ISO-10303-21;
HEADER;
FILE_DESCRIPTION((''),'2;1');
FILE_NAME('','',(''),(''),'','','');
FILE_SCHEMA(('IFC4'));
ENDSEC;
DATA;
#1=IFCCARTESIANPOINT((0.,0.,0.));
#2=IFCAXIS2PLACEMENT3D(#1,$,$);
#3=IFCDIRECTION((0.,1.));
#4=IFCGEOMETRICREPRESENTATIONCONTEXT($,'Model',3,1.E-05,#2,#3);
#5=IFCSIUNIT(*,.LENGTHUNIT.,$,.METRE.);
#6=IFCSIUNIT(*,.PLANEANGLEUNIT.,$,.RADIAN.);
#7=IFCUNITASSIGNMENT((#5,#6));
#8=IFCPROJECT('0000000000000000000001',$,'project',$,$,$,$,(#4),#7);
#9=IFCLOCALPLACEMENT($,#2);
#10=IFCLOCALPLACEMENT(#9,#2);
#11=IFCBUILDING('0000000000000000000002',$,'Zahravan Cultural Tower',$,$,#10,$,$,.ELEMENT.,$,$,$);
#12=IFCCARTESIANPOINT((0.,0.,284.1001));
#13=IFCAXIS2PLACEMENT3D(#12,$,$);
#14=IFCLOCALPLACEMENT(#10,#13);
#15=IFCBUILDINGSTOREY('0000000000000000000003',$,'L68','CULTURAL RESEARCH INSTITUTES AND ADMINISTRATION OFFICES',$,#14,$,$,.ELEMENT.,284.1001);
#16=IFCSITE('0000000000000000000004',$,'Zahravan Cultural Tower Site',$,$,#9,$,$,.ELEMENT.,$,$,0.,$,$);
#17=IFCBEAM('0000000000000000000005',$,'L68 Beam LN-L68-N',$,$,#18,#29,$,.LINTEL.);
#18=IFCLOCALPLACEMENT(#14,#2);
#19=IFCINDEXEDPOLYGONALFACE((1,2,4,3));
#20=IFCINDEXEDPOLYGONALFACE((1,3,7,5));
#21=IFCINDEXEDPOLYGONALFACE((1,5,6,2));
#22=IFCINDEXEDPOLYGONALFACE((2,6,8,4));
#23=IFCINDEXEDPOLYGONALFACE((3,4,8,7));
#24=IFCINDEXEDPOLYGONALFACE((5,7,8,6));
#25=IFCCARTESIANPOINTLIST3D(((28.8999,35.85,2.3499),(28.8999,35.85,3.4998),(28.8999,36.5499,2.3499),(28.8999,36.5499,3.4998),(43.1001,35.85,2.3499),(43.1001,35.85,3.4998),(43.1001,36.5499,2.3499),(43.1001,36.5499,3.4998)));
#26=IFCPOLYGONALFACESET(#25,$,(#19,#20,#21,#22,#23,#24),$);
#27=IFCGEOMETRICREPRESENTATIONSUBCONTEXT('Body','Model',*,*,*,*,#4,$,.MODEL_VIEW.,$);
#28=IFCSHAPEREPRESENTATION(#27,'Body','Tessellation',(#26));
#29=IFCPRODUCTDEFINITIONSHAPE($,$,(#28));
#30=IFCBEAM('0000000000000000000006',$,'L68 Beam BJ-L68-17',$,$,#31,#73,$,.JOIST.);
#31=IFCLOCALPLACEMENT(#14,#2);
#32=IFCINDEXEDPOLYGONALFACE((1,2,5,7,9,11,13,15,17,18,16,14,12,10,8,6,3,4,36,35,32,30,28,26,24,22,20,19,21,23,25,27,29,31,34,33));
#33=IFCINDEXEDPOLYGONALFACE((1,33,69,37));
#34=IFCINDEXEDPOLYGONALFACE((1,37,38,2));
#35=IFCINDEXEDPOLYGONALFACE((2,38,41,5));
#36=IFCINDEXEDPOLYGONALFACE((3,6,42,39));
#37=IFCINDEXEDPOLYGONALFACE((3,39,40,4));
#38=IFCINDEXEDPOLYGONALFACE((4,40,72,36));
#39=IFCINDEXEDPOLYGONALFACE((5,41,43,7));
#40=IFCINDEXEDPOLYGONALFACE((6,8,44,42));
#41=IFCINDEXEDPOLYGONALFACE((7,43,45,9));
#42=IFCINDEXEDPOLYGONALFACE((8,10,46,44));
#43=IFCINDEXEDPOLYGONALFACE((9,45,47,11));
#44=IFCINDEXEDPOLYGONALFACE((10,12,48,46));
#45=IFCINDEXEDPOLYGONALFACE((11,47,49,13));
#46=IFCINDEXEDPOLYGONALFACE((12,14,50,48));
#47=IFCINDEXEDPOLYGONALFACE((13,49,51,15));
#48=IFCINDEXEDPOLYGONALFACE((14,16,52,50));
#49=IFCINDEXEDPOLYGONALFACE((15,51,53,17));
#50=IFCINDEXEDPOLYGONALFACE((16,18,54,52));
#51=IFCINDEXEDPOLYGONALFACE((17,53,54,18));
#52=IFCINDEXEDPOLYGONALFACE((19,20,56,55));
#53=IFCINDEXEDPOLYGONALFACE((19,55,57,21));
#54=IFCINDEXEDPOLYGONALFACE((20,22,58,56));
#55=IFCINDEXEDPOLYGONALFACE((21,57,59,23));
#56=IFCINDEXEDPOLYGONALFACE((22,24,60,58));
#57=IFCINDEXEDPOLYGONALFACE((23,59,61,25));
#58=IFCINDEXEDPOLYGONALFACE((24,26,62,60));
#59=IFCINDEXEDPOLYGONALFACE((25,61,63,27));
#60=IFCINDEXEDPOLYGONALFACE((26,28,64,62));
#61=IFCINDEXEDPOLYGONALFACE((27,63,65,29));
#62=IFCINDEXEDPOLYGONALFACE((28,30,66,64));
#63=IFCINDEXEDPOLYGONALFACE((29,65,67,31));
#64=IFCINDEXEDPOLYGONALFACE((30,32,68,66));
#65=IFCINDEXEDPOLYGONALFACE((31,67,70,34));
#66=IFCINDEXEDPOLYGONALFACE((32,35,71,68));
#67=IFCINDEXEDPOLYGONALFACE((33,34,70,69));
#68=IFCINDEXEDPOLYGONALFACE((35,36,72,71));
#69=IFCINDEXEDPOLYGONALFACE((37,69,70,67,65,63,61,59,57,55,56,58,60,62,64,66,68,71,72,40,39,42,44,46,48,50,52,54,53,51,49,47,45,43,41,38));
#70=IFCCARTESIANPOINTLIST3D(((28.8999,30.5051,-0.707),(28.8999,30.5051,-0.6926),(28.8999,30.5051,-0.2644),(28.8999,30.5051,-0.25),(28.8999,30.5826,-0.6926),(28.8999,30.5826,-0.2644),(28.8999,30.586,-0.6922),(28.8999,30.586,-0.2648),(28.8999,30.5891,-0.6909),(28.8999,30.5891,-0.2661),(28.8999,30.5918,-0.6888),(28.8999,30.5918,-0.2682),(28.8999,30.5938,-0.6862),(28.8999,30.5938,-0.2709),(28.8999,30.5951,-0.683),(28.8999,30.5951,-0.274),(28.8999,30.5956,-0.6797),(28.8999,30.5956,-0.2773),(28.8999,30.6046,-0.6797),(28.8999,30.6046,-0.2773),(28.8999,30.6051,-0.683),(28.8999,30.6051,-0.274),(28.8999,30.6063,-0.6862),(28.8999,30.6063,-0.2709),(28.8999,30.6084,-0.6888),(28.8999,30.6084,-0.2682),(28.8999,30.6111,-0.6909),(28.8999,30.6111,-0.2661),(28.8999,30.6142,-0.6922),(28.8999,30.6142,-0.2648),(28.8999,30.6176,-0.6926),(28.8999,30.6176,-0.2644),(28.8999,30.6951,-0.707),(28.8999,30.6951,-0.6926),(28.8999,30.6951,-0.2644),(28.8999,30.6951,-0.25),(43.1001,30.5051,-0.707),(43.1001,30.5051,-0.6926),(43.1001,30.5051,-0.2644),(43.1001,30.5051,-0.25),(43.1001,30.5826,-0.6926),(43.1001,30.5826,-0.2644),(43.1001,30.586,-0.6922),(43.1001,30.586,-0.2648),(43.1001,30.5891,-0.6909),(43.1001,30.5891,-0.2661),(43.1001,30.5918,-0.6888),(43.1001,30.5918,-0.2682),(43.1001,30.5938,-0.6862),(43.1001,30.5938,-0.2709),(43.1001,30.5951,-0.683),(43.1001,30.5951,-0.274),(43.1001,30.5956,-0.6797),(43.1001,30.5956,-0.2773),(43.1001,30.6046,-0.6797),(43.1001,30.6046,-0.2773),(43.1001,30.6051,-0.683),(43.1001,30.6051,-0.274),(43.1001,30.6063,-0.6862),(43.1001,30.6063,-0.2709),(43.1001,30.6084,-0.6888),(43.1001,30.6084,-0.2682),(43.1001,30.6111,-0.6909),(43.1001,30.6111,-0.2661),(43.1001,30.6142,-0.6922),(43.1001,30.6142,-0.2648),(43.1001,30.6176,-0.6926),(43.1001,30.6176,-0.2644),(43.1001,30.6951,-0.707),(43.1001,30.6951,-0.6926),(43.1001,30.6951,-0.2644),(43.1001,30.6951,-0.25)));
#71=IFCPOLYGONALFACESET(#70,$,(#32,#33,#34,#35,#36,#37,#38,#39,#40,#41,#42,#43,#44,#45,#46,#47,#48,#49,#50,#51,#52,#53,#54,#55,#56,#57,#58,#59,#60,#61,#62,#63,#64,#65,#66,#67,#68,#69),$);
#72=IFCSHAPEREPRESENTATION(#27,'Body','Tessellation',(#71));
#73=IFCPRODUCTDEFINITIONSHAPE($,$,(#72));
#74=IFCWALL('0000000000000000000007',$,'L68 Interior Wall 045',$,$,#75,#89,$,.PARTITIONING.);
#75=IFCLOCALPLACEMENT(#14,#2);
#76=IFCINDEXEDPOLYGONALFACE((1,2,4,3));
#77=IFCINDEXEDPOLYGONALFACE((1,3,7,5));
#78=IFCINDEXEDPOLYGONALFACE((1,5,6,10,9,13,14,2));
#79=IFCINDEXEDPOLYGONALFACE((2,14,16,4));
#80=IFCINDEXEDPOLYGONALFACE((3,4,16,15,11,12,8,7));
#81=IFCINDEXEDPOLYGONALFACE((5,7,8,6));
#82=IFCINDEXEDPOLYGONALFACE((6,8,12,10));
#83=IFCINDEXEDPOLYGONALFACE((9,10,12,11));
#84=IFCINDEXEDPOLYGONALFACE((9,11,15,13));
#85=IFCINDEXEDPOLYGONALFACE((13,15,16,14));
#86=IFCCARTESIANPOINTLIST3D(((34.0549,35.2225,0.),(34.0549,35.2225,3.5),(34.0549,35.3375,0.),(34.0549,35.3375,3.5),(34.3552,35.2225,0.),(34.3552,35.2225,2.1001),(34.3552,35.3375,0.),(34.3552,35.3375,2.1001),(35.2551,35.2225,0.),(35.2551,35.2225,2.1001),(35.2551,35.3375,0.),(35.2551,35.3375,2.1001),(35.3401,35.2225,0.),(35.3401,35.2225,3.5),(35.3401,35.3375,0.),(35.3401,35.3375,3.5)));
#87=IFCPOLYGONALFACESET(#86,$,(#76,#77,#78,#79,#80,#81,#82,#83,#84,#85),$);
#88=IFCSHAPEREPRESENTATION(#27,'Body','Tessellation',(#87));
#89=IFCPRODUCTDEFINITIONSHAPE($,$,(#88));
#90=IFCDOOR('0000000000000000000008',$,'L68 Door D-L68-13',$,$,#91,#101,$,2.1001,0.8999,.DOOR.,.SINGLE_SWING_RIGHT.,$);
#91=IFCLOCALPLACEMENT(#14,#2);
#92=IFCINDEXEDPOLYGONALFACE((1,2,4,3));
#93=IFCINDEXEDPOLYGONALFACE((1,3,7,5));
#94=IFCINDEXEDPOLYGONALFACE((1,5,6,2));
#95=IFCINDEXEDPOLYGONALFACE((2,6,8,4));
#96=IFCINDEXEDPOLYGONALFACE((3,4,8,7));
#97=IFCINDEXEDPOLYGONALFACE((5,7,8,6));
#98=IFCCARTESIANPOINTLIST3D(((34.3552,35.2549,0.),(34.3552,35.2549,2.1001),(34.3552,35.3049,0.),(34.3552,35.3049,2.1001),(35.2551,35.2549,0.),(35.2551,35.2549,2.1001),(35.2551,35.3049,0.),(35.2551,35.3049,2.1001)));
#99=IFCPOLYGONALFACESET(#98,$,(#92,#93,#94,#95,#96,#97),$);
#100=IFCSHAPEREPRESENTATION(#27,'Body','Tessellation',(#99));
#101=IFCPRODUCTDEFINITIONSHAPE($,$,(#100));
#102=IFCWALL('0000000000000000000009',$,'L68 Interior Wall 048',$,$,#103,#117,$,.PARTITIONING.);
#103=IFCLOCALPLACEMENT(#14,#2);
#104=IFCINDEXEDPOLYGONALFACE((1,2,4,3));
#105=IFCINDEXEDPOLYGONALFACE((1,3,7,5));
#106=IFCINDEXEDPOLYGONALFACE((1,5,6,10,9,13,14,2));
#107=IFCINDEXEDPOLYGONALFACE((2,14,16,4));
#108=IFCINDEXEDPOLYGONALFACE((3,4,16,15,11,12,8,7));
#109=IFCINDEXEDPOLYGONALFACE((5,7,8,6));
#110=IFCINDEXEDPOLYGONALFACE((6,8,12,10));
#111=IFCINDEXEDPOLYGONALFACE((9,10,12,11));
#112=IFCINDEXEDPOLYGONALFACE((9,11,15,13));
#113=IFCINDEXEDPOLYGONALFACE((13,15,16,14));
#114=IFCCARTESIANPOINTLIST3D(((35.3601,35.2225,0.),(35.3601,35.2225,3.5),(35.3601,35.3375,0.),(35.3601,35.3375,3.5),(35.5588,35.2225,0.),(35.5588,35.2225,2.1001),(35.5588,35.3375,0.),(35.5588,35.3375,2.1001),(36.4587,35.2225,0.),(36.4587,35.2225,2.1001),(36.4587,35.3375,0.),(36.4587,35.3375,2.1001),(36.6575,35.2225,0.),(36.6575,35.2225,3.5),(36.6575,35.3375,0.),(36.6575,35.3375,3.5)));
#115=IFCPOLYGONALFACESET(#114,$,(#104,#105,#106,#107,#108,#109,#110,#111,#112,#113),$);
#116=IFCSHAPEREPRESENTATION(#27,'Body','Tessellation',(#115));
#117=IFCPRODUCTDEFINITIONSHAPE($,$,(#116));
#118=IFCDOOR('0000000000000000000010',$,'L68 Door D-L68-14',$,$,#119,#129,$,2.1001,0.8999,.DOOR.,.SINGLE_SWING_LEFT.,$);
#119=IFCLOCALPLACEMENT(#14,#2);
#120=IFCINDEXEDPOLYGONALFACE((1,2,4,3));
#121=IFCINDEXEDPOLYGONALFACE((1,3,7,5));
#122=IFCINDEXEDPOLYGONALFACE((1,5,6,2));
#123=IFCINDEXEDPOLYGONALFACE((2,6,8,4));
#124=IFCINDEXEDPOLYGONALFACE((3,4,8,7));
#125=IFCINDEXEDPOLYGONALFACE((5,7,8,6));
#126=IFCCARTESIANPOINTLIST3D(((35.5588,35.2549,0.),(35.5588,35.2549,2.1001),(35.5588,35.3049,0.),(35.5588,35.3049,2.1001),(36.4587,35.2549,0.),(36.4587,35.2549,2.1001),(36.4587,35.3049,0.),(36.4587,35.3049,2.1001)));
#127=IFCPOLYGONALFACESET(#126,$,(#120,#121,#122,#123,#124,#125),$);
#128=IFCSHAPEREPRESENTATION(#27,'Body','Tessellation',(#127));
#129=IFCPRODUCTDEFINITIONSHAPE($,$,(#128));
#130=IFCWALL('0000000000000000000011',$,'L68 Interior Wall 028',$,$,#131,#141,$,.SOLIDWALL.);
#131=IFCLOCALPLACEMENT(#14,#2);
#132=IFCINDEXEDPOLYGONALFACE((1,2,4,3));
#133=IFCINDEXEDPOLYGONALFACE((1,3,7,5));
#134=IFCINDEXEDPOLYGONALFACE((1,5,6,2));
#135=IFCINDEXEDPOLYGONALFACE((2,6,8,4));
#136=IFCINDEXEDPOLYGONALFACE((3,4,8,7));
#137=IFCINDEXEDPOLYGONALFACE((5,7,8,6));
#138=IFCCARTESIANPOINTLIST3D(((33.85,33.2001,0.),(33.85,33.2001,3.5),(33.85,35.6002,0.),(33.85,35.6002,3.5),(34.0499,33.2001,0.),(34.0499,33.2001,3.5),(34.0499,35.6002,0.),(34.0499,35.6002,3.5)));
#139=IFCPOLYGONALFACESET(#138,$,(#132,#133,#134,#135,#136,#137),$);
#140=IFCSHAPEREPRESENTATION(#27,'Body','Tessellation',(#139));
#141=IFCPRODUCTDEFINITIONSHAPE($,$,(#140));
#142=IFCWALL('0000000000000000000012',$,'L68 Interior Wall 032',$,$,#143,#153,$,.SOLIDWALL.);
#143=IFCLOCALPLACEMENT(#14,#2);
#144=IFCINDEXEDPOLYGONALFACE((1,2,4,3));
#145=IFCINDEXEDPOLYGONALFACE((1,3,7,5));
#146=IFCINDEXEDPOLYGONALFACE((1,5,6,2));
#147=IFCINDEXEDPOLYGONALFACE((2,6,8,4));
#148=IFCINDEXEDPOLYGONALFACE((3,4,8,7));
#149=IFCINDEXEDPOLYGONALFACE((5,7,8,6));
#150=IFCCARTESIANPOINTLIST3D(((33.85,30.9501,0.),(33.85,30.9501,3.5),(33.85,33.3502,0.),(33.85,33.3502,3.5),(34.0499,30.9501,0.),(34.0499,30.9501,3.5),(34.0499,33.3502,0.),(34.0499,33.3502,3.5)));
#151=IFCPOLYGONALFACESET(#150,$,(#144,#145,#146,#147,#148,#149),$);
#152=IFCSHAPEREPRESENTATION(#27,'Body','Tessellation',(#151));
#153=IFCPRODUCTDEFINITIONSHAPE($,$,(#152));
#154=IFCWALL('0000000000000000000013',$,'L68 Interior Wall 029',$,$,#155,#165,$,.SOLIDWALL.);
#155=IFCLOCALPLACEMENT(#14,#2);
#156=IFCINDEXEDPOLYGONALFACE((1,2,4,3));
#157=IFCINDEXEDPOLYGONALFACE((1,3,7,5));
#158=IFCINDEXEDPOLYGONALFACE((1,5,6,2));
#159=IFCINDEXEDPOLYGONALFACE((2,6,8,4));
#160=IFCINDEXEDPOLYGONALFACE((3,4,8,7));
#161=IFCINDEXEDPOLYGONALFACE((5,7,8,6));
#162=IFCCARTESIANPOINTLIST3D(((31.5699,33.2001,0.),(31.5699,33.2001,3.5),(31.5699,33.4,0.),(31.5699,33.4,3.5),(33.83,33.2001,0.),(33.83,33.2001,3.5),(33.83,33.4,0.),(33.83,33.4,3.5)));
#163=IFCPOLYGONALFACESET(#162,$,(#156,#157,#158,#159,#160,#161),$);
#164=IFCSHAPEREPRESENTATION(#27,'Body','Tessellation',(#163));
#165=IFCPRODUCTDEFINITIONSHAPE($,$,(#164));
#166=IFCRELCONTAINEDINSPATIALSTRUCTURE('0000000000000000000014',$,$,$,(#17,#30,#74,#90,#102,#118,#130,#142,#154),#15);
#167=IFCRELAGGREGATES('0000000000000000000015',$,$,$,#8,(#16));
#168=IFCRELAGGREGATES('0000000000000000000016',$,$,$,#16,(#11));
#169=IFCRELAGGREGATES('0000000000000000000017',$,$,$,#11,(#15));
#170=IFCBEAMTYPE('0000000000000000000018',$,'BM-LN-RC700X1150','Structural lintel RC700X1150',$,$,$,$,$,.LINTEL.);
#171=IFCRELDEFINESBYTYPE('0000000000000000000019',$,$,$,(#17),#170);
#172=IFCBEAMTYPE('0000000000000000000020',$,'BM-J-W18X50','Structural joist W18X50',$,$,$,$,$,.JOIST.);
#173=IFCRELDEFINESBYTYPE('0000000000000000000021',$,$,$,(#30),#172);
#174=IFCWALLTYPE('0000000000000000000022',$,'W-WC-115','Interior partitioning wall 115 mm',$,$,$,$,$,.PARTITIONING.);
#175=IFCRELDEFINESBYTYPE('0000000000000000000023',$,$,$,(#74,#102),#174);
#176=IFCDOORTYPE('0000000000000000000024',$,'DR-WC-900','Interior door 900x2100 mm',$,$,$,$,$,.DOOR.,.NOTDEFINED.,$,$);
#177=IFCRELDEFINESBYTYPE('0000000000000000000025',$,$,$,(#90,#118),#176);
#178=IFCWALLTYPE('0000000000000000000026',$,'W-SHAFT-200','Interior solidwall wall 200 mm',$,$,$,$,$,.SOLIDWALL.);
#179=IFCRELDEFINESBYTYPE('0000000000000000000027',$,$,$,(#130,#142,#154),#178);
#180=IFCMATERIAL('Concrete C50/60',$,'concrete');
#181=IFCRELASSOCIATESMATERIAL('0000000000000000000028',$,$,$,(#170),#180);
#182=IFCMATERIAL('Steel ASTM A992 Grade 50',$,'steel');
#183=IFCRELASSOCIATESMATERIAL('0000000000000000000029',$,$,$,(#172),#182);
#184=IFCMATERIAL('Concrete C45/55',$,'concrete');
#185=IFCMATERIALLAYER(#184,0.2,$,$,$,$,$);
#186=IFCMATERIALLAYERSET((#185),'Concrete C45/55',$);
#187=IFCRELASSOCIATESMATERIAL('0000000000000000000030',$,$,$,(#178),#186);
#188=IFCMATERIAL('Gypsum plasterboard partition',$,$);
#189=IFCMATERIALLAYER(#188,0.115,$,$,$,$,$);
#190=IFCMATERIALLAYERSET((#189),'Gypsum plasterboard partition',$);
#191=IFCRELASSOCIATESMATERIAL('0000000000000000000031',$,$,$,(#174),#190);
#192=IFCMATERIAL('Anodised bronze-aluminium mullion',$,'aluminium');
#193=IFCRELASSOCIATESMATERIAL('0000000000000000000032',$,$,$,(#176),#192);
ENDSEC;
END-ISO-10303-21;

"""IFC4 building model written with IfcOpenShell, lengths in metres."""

from ifc_helpers import new_model, si_unit, direction, frame, frame_2d, origin, origin_2d, place, context, subcontext, project, spatial, rectangle, i_section, extrude, source, transform, mapped, material, layer, layer_set, material_profile, profile_set, type_object, element, fill, save


model = new_model("IFC4")

# Units and contexts
model_context = context("Model", 3, precision=1e-05, world=origin(), true_north=direction((0.0, 1.0)))
body_context = subcontext(model_context, "Body", "Model", "MODEL_VIEW")
ifc_project = project(units=[si_unit("LENGTHUNIT", "METRE"), si_unit("PLANEANGLEUNIT", "RADIAN")], contexts=[model_context])

# Site, building, storey
site_placement = place(None, origin())
site = spatial("IfcSite", under=ifc_project, at=site_placement, Name="Zahravan Cultural Tower Site", CompositionType="ELEMENT", RefElevation=0.0)
building_placement = place(site_placement, origin())
building = spatial("IfcBuilding", under=site, at=building_placement, Name="Zahravan Cultural Tower", CompositionType="ELEMENT")
storey_placement = place(building_placement, frame((0.0, 0.0, 284.1001)))
storey = spatial("IfcBuildingStorey", under=building, at=storey_placement, Name="L68", Description="CULTURAL RESEARCH INSTITUTES AND ADMINISTRATION OFFICES", CompositionType="ELEMENT", Elevation=284.1001)

# Beams
ifc_material_1 = material(Name="Concrete C50/60", Category="concrete")
ifc_material_profile_1 = material_profile(ifc_material_1, rectangle(XDim=0.7, YDim=1.1499, at=origin_2d()), Name="RC700X1150")
ifc_profile_set_1 = profile_set([ifc_material_profile_1], Name="Concrete C50/60")
beam_type_1 = type_object("IfcBeamType", Name="BM-LN-RC700X1150", Description="Structural lintel RC700X1150", PredefinedType="LINTEL", material=ifc_profile_set_1)
shared_shape_1 = source(origin(), body_context, "Body", "SweptSolid", [
    extrude(rectangle(XDim=0.7, YDim=1.1499, at=origin_2d()), origin(), (0.0, 0.0, 1.0), 14.2002),
])
beam_1_placement = place(storey_placement, frame((28.8999, 36.2, 2.9248), z_axis=(1.0, 0.0, 0.0), x_axis=(0.0, 1.0, 0.0)))
element("IfcBeam", 1, at=beam_1_placement, inside=storey, type_object=beam_type_1, Name="L68 Beam LN-L68-N", PredefinedType="LINTEL", context=body_context, shape_type="MappedRepresentation", body=[
    mapped(shared_shape_1, transform((0.0, 0.0, 0.0), x_axis=(1.0, 0.0, 0.0), y_axis=(0.0, 1.0, 0.0), z_axis=(0.0, 0.0, 1.0), scale=1.0)),
])
ifc_material_2 = material(Name="Steel ASTM A992 Grade 50", Category="steel")
ifc_material_profile_2 = material_profile(ifc_material_2, i_section(OverallWidth=0.1899, OverallDepth=0.457, WebThickness=0.009, FlangeThickness=0.0144, FilletRadius=0.0129, at=origin_2d()), Name="W18X50")
ifc_profile_set_2 = profile_set([ifc_material_profile_2], Name="Steel ASTM A992 Grade 50")
beam_type_2 = type_object("IfcBeamType", Name="BM-J-W18X50", Description="Structural joist W18X50", PredefinedType="JOIST", material=ifc_profile_set_2)
shared_shape_2 = source(origin(), body_context, "Body", "SweptSolid", [
    extrude(i_section(OverallWidth=0.1899, OverallDepth=0.457, WebThickness=0.009, FlangeThickness=0.0144, FilletRadius=0.0129, at=origin_2d()), origin(), (0.0, 0.0, 1.0), 14.2002),
])
beam_2_placement = place(storey_placement, frame((28.8999, 30.6001, -0.4785), z_axis=(1.0, 0.0, 0.0), x_axis=(0.0, 1.0, 0.0)))
element("IfcBeam", 2, at=beam_2_placement, inside=storey, type_object=beam_type_2, Name="L68 Beam BJ-L68-17", PredefinedType="JOIST", context=body_context, shape_type="MappedRepresentation", body=[
    mapped(shared_shape_2, transform((0.0, 0.0, 0.0), x_axis=(1.0, 0.0, 0.0), y_axis=(0.0, 1.0, 0.0), z_axis=(0.0, 0.0, 1.0), scale=1.0)),
])

# Walls, openings, doors
ifc_material_3 = material(Name="Concrete C45/55", Category="concrete")
ifc_layer_1 = layer(ifc_material_3, 0.2)
ifc_layer_set_1 = layer_set([ifc_layer_1], Name="Concrete C45/55")
wall_type_1 = type_object("IfcWallType", Name="W-SHAFT-200", Description="Interior solidwall wall 200 mm", PredefinedType="SOLIDWALL", material=ifc_layer_set_1)
ifc_material_4 = material(Name="Gypsum plasterboard partition")
ifc_layer_2 = layer(ifc_material_4, 0.115)
ifc_layer_set_2 = layer_set([ifc_layer_2], Name="Gypsum plasterboard partition")
wall_type_2 = type_object("IfcWallType", Name="W-WC-115", Description="Interior partitioning wall 115 mm", PredefinedType="PARTITIONING", material=ifc_layer_set_2)
wall_1_placement = place(storey_placement, frame((34.0549, 35.28, 0.0), z_axis=(0.0, 0.0, 1.0), x_axis=(1.0, 0.0, 0.0)))
wall_1 = element("IfcWall", 3, at=wall_1_placement, inside=storey, type_object=wall_type_2, Name="L68 Interior Wall 045", PredefinedType="PARTITIONING", context=body_context, shape_type="SweptSolid", body=[
    extrude(rectangle(XDim=1.2852, YDim=0.115, at=frame_2d((0.6426, 0.0))), origin(), (0.0, 0.0, 1.0), 3.5),
])
opening_1_placement = place(wall_1_placement, frame((0.3003, 0.0, 0.0)))
opening_1 = element("IfcOpeningElement", 4, at=opening_1_placement, cuts=wall_1, PredefinedType="OPENING", context=body_context, shape_type="SweptSolid", body=[
    extrude(rectangle(XDim=0.8999, YDim=2.1001, at=frame_2d((0.45, 1.05))), frame((0.0, 0.0674, 0.0), z_axis=(0.0, -1.0, 0.0), x_axis=(1.0, 0.0, 0.0)), (0.0, 0.0, 1.0), 0.135),
])
ifc_material_5 = material(Name="Anodised bronze-aluminium mullion", Category="aluminium")
door_type_1 = type_object("IfcDoorType", Name="DR-WC-900", Description="Interior door 900x2100 mm", OperationType="NOTDEFINED", PredefinedType="DOOR", material=ifc_material_5)
shared_shape_3 = source(origin(), body_context, "Body", "SweptSolid", [
    extrude(rectangle(XDim=0.8999, YDim=2.1001, at=frame_2d((0.45, 1.05))), frame((0.0, 0.0249, 0.0), z_axis=(0.0, -1.0, 0.0), x_axis=(1.0, 0.0, 0.0)), (0.0, 0.0, 1.0), 0.05),
])
door_1_placement = place(opening_1_placement, origin())
door_1 = element("IfcDoor", 5, at=door_1_placement, inside=storey, type_object=door_type_1, Name="L68 Door D-L68-13", OperationType="SINGLE_SWING_RIGHT", OverallHeight=2.1001, OverallWidth=0.8999, PredefinedType="DOOR", context=body_context, shape_type="MappedRepresentation", body=[
    mapped(shared_shape_3, transform((0.0, 0.0, 0.0), x_axis=(1.0, 0.0, 0.0), y_axis=(0.0, 1.0, 0.0), z_axis=(0.0, 0.0, 1.0), scale=1.0)),
])
fill(opening_1, door_1)
wall_2_placement = place(storey_placement, frame((35.3601, 35.28, 0.0), z_axis=(0.0, 0.0, 1.0), x_axis=(1.0, 0.0, 0.0)))
wall_2 = element("IfcWall", 6, at=wall_2_placement, inside=storey, type_object=wall_type_2, Name="L68 Interior Wall 048", PredefinedType="PARTITIONING", context=body_context, shape_type="SweptSolid", body=[
    extrude(rectangle(XDim=1.2974, YDim=0.115, at=frame_2d((0.6487, 0.0))), origin(), (0.0, 0.0, 1.0), 3.5),
])
opening_2_placement = place(wall_2_placement, frame((0.1987, 0.0, 0.0)))
opening_2 = element("IfcOpeningElement", 7, at=opening_2_placement, cuts=wall_2, PredefinedType="OPENING", context=body_context, shape_type="SweptSolid", body=[
    extrude(rectangle(XDim=0.8999, YDim=2.1001, at=frame_2d((0.45, 1.05))), frame((0.0, 0.0674, 0.0), z_axis=(0.0, -1.0, 0.0), x_axis=(1.0, 0.0, 0.0)), (0.0, 0.0, 1.0), 0.135),
])
door_2_placement = place(opening_2_placement, origin())
door_2 = element("IfcDoor", 8, at=door_2_placement, inside=storey, type_object=door_type_1, Name="L68 Door D-L68-14", OperationType="SINGLE_SWING_LEFT", OverallHeight=2.1001, OverallWidth=0.8999, PredefinedType="DOOR", context=body_context, shape_type="MappedRepresentation", body=[
    mapped(shared_shape_3, transform((0.0, 0.0, 0.0), x_axis=(1.0, 0.0, 0.0), y_axis=(0.0, 1.0, 0.0), z_axis=(0.0, 0.0, 1.0), scale=1.0)),
])
fill(opening_2, door_2)

# Walls
shared_shape_4 = source(origin(), body_context, "Body", "SweptSolid", [
    extrude(rectangle(XDim=2.4001, YDim=0.2, at=frame_2d((1.2002, 0.0))), origin(), (0.0, 0.0, 1.0), 3.5),
])
for number, where, z_axis, x_axis, name in (
    (9, (33.95, 33.2, 0.0), (0.0, 0.0, 1.0), (0.0, 1.0, 0.0), "L68 Interior Wall 028"),
    (10, (33.95, 30.95, 0.0), (0.0, 0.0, 1.0), (0.0, 1.0, 0.0), "L68 Interior Wall 032"),
):
    element("IfcWall", number, at=place(storey_placement, frame(where, z_axis=z_axis, x_axis=x_axis)), inside=storey, type_object=wall_type_1, Name=name, PredefinedType="SOLIDWALL", context=body_context, shape_type="MappedRepresentation", body=[
        mapped(shared_shape_4, transform((0.0, 0.0, 0.0), x_axis=(1.0, 0.0, 0.0), y_axis=(0.0, 1.0, 0.0), z_axis=(0.0, 0.0, 1.0), scale=1.0)),
    ])
shared_shape_5 = source(origin(), body_context, "Body", "SweptSolid", [
    extrude(rectangle(XDim=2.26, YDim=0.2, at=frame_2d((1.1299, 0.0))), origin(), (0.0, 0.0, 1.0), 3.5),
])
for number, where, z_axis, x_axis, name in (
    (11, (31.5701, 33.3, 0.0), (0.0, 0.0, 1.0), (1.0, 0.0, 0.0), "L68 Interior Wall 029"),
):
    element("IfcWall", number, at=place(storey_placement, frame(where, z_axis=z_axis, x_axis=x_axis)), inside=storey, type_object=wall_type_1, Name=name, PredefinedType="SOLIDWALL", context=body_context, shape_type="MappedRepresentation", body=[
        mapped(shared_shape_5, transform((0.0, 0.0, 0.0), x_axis=(1.0, 0.0, 0.0), y_axis=(0.0, 1.0, 0.0), z_axis=(0.0, 0.0, 1.0), scale=1.0)),
    ])

save(model, "model.ifc")
